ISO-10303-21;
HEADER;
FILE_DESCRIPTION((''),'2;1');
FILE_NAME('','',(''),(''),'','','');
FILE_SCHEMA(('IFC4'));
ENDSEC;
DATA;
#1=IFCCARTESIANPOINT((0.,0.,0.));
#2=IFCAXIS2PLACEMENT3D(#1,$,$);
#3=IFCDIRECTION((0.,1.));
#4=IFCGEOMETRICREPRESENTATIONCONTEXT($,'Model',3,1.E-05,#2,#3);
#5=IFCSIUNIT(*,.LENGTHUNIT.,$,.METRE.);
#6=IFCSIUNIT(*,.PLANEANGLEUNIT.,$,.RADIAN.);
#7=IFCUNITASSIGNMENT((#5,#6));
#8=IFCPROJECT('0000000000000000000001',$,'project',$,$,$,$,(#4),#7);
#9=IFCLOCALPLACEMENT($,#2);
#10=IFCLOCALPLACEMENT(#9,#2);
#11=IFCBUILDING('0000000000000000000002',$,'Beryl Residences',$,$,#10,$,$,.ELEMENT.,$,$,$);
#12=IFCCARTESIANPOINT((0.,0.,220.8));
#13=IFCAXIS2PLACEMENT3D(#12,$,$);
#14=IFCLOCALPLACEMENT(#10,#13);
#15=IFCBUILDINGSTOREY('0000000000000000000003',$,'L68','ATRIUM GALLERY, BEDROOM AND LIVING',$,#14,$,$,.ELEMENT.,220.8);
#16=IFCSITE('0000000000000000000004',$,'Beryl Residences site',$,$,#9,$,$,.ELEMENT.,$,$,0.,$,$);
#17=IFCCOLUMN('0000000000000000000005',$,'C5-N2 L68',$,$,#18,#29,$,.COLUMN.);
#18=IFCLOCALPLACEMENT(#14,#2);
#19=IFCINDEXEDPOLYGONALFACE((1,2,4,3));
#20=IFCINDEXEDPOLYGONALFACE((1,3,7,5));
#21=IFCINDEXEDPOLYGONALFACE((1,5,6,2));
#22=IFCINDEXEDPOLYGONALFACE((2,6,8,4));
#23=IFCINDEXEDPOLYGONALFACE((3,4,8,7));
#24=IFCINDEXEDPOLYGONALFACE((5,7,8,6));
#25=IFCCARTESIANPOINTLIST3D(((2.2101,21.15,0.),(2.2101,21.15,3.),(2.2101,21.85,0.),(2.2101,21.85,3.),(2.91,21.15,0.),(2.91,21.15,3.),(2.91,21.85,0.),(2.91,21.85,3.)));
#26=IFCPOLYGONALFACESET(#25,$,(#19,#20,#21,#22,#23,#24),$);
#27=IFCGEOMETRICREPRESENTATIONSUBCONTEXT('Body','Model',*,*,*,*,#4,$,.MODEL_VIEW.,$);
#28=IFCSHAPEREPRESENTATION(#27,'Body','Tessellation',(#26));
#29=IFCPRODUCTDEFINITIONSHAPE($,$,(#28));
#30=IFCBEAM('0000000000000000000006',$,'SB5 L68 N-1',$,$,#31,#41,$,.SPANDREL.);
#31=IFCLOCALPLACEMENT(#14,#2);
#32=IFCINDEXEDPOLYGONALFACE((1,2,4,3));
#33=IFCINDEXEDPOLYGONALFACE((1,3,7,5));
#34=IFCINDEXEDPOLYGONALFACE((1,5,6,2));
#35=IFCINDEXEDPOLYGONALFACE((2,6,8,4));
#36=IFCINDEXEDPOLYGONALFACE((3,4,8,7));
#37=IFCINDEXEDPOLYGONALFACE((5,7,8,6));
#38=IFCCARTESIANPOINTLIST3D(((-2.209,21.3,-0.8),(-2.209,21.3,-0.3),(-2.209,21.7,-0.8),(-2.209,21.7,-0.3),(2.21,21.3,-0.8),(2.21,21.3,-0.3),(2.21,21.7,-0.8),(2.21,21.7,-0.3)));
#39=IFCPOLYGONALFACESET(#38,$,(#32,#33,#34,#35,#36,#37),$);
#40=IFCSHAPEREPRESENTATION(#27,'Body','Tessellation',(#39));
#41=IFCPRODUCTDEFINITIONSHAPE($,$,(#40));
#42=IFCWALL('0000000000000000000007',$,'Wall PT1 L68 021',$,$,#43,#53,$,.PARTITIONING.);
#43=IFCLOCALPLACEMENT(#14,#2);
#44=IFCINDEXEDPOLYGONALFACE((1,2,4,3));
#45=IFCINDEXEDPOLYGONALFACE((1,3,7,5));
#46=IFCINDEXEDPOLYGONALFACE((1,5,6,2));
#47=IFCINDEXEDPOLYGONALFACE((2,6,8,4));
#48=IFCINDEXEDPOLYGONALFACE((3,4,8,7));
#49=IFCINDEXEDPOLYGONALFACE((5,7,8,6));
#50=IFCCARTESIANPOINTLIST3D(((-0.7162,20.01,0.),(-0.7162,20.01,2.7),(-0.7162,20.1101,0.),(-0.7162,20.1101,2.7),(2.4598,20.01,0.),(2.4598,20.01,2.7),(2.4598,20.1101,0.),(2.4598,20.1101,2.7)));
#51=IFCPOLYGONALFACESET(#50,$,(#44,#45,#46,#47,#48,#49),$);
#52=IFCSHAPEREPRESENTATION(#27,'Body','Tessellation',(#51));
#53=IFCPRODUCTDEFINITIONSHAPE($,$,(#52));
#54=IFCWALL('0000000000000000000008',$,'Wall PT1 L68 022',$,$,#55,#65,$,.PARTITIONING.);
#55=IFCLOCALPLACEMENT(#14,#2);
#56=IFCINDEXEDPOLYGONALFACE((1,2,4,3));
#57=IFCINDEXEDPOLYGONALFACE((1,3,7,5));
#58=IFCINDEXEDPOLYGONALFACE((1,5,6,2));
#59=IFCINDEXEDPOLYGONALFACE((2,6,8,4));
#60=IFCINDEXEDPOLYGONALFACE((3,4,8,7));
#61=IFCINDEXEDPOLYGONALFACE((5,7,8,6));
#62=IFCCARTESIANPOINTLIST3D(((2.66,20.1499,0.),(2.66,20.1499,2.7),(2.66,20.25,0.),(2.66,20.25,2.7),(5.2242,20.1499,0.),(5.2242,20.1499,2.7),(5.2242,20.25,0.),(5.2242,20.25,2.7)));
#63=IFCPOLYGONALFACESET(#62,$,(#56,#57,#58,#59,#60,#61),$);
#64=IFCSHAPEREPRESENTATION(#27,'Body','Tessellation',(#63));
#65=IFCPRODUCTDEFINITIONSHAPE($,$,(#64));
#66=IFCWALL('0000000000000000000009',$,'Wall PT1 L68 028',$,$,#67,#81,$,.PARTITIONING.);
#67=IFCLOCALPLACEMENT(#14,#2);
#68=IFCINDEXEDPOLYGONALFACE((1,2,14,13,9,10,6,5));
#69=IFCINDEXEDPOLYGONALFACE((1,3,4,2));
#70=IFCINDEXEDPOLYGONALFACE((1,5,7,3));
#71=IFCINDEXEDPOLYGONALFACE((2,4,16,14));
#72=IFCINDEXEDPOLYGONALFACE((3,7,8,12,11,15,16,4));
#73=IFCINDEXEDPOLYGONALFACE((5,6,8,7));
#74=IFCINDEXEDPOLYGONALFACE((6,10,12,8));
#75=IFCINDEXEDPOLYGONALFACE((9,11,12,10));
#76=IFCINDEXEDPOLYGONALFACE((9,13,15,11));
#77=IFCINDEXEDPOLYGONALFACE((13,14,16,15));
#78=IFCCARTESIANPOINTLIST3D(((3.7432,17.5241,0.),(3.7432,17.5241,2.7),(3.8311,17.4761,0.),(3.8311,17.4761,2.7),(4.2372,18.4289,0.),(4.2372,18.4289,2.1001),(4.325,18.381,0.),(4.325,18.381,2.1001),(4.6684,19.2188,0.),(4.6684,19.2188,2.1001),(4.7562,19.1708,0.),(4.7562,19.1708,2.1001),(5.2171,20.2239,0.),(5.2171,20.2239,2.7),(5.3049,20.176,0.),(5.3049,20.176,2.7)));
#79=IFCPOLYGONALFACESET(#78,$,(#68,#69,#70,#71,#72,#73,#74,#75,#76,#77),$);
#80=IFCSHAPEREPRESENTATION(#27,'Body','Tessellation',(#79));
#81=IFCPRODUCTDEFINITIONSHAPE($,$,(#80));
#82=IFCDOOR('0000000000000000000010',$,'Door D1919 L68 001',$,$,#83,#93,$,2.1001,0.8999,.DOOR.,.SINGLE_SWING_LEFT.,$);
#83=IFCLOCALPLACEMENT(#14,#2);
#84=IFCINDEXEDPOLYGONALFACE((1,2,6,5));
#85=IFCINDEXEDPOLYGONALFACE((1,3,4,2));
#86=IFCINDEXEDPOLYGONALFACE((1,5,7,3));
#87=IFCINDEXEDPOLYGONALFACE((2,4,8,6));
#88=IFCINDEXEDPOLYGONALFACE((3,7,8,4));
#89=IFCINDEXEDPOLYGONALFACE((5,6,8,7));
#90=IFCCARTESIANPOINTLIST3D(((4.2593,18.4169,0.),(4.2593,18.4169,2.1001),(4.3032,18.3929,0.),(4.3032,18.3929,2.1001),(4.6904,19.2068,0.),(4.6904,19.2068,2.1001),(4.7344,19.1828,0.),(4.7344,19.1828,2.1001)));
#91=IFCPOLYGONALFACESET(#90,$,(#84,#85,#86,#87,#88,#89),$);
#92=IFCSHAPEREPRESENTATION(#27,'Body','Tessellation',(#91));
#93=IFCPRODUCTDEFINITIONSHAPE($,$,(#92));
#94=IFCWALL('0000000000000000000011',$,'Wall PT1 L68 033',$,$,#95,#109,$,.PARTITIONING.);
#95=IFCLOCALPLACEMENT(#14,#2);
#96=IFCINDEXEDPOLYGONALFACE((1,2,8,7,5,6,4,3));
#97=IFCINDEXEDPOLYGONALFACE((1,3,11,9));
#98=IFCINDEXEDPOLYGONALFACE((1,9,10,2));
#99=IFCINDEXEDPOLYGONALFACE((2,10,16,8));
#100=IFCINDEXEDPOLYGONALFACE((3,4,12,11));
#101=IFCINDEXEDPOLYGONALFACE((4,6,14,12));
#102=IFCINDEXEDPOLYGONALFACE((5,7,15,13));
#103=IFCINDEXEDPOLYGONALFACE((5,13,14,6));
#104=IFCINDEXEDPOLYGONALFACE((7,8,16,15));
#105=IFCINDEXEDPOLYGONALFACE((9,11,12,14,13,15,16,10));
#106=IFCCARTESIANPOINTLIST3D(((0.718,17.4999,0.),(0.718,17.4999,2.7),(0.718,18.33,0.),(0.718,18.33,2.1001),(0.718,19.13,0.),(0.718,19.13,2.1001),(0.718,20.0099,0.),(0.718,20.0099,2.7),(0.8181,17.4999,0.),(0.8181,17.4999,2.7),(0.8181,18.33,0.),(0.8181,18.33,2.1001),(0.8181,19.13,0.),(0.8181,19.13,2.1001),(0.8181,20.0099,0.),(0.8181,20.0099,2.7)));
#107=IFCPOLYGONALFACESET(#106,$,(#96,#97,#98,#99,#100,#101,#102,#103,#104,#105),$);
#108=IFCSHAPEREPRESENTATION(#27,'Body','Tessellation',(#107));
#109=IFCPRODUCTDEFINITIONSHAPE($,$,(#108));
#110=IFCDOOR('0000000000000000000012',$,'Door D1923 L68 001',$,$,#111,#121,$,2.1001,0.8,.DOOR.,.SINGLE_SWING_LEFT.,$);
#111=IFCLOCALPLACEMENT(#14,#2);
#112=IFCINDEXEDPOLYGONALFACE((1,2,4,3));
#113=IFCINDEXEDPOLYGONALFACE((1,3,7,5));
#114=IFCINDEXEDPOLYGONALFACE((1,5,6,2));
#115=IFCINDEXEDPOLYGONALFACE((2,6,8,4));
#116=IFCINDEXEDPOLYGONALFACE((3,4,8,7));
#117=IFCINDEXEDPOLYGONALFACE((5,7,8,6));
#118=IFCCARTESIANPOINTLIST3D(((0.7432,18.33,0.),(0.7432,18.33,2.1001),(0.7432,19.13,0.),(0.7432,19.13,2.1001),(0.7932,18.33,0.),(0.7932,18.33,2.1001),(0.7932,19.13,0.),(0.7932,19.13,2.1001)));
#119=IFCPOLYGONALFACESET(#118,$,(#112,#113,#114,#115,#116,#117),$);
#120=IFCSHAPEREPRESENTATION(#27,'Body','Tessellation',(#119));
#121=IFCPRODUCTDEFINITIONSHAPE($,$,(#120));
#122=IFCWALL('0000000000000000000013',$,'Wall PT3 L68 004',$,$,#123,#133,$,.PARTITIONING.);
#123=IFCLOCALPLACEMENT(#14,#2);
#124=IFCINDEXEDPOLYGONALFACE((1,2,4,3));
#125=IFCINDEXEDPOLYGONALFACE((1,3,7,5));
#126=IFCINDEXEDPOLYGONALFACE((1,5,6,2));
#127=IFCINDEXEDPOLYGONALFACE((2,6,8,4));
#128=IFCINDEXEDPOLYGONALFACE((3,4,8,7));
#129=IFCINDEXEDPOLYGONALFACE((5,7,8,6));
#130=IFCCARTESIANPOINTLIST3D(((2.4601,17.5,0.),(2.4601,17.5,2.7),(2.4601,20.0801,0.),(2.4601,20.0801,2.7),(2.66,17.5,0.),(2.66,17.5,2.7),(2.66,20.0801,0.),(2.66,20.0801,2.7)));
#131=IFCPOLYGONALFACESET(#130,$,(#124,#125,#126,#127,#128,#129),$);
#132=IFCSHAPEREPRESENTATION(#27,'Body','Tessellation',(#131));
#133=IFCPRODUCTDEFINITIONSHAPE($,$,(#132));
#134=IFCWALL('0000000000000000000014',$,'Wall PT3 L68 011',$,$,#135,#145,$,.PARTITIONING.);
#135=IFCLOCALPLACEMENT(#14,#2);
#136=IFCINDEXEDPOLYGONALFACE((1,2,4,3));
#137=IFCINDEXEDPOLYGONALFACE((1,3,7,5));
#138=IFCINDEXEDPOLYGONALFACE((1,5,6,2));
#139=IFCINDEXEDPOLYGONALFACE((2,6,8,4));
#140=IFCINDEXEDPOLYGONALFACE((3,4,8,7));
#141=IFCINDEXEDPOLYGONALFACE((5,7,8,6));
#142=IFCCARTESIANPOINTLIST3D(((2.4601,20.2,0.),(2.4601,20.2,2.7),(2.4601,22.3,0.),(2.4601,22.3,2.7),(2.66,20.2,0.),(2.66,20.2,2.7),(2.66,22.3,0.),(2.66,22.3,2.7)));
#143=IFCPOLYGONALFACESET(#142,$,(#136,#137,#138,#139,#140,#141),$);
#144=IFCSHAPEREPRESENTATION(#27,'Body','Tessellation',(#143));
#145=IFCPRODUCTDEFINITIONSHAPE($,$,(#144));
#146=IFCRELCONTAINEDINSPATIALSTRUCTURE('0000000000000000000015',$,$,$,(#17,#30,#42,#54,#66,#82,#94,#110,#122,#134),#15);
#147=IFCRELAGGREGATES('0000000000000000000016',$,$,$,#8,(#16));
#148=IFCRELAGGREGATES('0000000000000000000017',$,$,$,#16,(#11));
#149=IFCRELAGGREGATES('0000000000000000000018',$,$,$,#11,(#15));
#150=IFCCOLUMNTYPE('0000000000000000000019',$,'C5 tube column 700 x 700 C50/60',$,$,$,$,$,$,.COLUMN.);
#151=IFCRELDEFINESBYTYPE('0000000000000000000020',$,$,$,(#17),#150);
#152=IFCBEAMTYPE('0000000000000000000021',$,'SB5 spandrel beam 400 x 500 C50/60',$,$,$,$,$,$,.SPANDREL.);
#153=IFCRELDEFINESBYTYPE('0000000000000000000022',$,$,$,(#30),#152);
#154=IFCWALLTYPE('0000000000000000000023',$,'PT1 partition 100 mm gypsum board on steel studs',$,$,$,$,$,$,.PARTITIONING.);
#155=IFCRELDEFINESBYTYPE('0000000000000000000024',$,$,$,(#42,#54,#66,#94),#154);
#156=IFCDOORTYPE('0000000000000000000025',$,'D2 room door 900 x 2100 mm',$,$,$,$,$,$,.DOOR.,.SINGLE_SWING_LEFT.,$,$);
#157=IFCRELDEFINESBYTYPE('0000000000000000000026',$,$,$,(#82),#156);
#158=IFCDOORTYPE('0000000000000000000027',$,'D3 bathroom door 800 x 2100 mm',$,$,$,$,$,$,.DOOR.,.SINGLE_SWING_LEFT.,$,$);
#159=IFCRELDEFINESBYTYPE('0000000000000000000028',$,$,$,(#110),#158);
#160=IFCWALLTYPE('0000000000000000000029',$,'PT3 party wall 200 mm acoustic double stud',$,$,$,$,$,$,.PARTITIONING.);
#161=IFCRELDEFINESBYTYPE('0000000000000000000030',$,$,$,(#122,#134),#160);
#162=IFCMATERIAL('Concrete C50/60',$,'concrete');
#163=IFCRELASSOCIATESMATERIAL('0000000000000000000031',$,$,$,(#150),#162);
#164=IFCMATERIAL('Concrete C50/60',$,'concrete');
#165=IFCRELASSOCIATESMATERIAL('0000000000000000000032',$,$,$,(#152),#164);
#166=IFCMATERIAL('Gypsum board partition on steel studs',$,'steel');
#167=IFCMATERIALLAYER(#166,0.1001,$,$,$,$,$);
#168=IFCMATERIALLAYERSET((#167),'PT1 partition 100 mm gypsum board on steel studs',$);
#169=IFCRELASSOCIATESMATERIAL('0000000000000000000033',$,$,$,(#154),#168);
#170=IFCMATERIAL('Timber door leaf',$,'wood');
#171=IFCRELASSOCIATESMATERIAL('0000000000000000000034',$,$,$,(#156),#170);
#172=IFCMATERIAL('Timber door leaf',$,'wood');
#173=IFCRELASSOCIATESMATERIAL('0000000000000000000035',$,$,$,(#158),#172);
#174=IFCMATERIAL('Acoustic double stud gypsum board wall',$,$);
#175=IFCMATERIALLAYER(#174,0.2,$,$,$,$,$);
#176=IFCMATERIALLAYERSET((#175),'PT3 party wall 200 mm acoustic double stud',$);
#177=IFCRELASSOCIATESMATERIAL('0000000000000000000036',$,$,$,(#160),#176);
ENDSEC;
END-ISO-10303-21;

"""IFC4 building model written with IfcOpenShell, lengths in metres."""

from ifc_helpers import new_model, si_unit, direction, frame, frame_2d, origin, origin_2d, place, context, subcontext, project, spatial, rectangle, extrude, material, layer, layer_set, material_profile, profile_set, type_object, element, fill, save


model = new_model("IFC4")

# Units and contexts
model_context = context("Model", 3, precision=1e-05, world=origin(), true_north=direction((0.0, 1.0)))
body_context = subcontext(model_context, "Body", "Model", "MODEL_VIEW")
ifc_project = project(units=[si_unit("LENGTHUNIT", "METRE"), si_unit("PLANEANGLEUNIT", "RADIAN")], contexts=[model_context])

# Site, building, storey
site_placement = place(None, origin())
site = spatial("IfcSite", under=ifc_project, at=site_placement, Name="Beryl Residences site", CompositionType="ELEMENT", RefElevation=0.0)
building_placement = place(site_placement, origin())
building = spatial("IfcBuilding", under=site, at=building_placement, Name="Beryl Residences", CompositionType="ELEMENT")
storey_placement = place(building_placement, frame((0.0, 0.0, 220.8)))
storey = spatial("IfcBuildingStorey", under=building, at=storey_placement, Name="L68", Description="ATRIUM GALLERY, BEDROOM AND LIVING", CompositionType="ELEMENT", Elevation=220.8)

# Column
ifc_material_1 = material(Name="Concrete C50/60", Category="concrete")
ifc_material_profile_1 = material_profile(ifc_material_1, rectangle(XDim=0.7, YDim=0.7, at=origin_2d()))
ifc_profile_set_1 = profile_set([ifc_material_profile_1], Name="Concrete C50/60")
column_type = type_object("IfcColumnType", Name="C5 tube column 700 x 700 C50/60", PredefinedType="COLUMN", material=ifc_profile_set_1)
column_placement = place(storey_placement, frame((2.5601, 21.5, 0.0), z_axis=(0.0, 0.0, 1.0), x_axis=(-1.0, 0.0, 0.0)))
element("IfcColumn", 1, at=column_placement, inside=storey, type_object=column_type, Name="C5-N2 L68", PredefinedType="COLUMN", context=body_context, shape_type="SweptSolid", body=[
    extrude(rectangle(XDim=0.7, YDim=0.7, at=origin_2d()), origin(), (0.0, 0.0, 1.0), 3.0),
])

# Beam
ifc_material_2 = material(Name="Concrete C50/60", Category="concrete")
ifc_material_profile_2 = material_profile(ifc_material_2, rectangle(XDim=0.3999, YDim=0.5, at=origin_2d()))
ifc_profile_set_2 = profile_set([ifc_material_profile_2], Name="Concrete C50/60")
beam_type = type_object("IfcBeamType", Name="SB5 spandrel beam 400 x 500 C50/60", PredefinedType="SPANDREL", material=ifc_profile_set_2)
beam_placement = place(storey_placement, frame((2.21, 21.5, -0.55), z_axis=(-1.0, 0.0, 0.0), x_axis=(0.0, -1.0, 0.0)))
element("IfcBeam", 2, at=beam_placement, inside=storey, type_object=beam_type, Name="SB5 L68 N-1", PredefinedType="SPANDREL", context=body_context, shape_type="SweptSolid", body=[
    extrude(rectangle(XDim=0.3999, YDim=0.5, at=origin_2d()), origin(), (0.0, 0.0, 1.0), 4.4189),
])

# Walls
ifc_material_3 = material(Name="Gypsum board partition on steel studs", Category="steel")
ifc_layer_1 = layer(ifc_material_3, 0.1001)
ifc_layer_set_1 = layer_set([ifc_layer_1], Name="PT1 partition 100 mm gypsum board on steel studs")
wall_type_1 = type_object("IfcWallType", Name="PT1 partition 100 mm gypsum board on steel studs", PredefinedType="PARTITIONING", material=ifc_layer_set_1)
wall_1_placement = place(storey_placement, frame((-0.7161, 20.0601, 0.0), z_axis=(0.0, 0.0, 1.0), x_axis=(1.0, 0.0, 0.0)))
element("IfcWall", 3, at=wall_1_placement, inside=storey, type_object=wall_type_1, Name="Wall PT1 L68 021", PredefinedType="PARTITIONING", context=body_context, shape_type="SweptSolid", body=[
    extrude(rectangle(XDim=3.176, YDim=0.1001, at=frame_2d((1.5879, 0.0))), origin(), (0.0, 0.0, 1.0), 2.7),
])
wall_2_placement = place(storey_placement, frame((2.6599, 20.2, 0.0), z_axis=(0.0, 0.0, 1.0), x_axis=(1.0, 0.0, 0.0)))
element("IfcWall", 4, at=wall_2_placement, inside=storey, type_object=wall_type_1, Name="Wall PT1 L68 022", PredefinedType="PARTITIONING", context=body_context, shape_type="SweptSolid", body=[
    extrude(rectangle(XDim=2.5642, YDim=0.1001, at=frame_2d((1.2822, 0.0))), origin(), (0.0, 0.0, 1.0), 2.7),
])

# Walls, openings, doors
wall_3_placement = place(storey_placement, frame((3.7871, 17.5, 0.0), z_axis=(0.0, 0.0, 1.0), x_axis=(0.479147, 0.877735, 0.0)))
wall_3 = element("IfcWall", 5, at=wall_3_placement, inside=storey, type_object=wall_type_1, Name="Wall PT1 L68 028", PredefinedType="PARTITIONING", context=body_context, shape_type="SweptSolid", body=[
    extrude(rectangle(XDim=3.0759, YDim=0.1001, at=frame_2d((1.5381, 0.0))), origin(), (0.0, 0.0, 1.0), 2.7),
])
opening_1_placement = place(wall_3_placement, frame((1.031, 0.0, 0.0)))
opening_1 = element("IfcOpeningElement", 6, at=opening_1_placement, cuts=wall_3, PredefinedType="OPENING", context=body_context, shape_type="SweptSolid", body=[
    extrude(rectangle(XDim=0.8999, YDim=2.1001, at=frame_2d((0.45, 1.05))), frame((0.0, 0.0601, 0.0), z_axis=(0.0, -1.0, 0.0), x_axis=(1.0, 0.0, 0.0)), (0.0, 0.0, 1.0), 0.1201),
])
ifc_material_4 = material(Name="Timber door leaf", Category="wood")
door_type_1 = type_object("IfcDoorType", Name="D2 room door 900 x 2100 mm", OperationType="SINGLE_SWING_LEFT", PredefinedType="DOOR", material=ifc_material_4)
door_1_placement = place(opening_1_placement, origin())
door_1 = element("IfcDoor", 7, at=door_1_placement, inside=storey, type_object=door_type_1, Name="Door D1919 L68 001", OperationType="SINGLE_SWING_LEFT", OverallHeight=2.1001, OverallWidth=0.8999, PredefinedType="DOOR", context=body_context, shape_type="SweptSolid", body=[
    extrude(rectangle(XDim=0.8999, YDim=2.1001, at=frame_2d((0.45, 1.05))), frame((0.0, 0.0249, 0.0), z_axis=(0.0, -1.0, 0.0), x_axis=(1.0, 0.0, 0.0)), (0.0, 0.0, 1.0), 0.05),
])
fill(opening_1, door_1)
wall_4_placement = place(storey_placement, frame((0.7681, 17.5, 0.0), z_axis=(0.0, 0.0, 1.0), x_axis=(0.0, 1.0, 0.0)))
wall_4 = element("IfcWall", 8, at=wall_4_placement, inside=storey, type_object=wall_type_1, Name="Wall PT1 L68 033", PredefinedType="PARTITIONING", context=body_context, shape_type="SweptSolid", body=[
    extrude(rectangle(XDim=2.51, YDim=0.1001, at=frame_2d((1.2549, 0.0))), origin(), (0.0, 0.0, 1.0), 2.7),
])
opening_2_placement = place(wall_4_placement, frame((0.8301, 0.0, 0.0)))
opening_2 = element("IfcOpeningElement", 9, at=opening_2_placement, cuts=wall_4, PredefinedType="OPENING", context=body_context, shape_type="SweptSolid", body=[
    extrude(rectangle(XDim=0.8, YDim=2.1001, at=frame_2d((0.3999, 1.05))), frame((0.0, 0.0601, 0.0), z_axis=(0.0, -1.0, 0.0), x_axis=(1.0, 0.0, 0.0)), (0.0, 0.0, 1.0), 0.1201),
])
ifc_material_5 = material(Name="Timber door leaf", Category="wood")
door_type_2 = type_object("IfcDoorType", Name="D3 bathroom door 800 x 2100 mm", OperationType="SINGLE_SWING_LEFT", PredefinedType="DOOR", material=ifc_material_5)
door_2_placement = place(opening_2_placement, origin())
door_2 = element("IfcDoor", 10, at=door_2_placement, inside=storey, type_object=door_type_2, Name="Door D1923 L68 001", OperationType="SINGLE_SWING_LEFT", OverallHeight=2.1001, OverallWidth=0.8, PredefinedType="DOOR", context=body_context, shape_type="SweptSolid", body=[
    extrude(rectangle(XDim=0.8, YDim=2.1001, at=frame_2d((0.3999, 1.05))), frame((0.0, 0.0249, 0.0), z_axis=(0.0, -1.0, 0.0), x_axis=(1.0, 0.0, 0.0)), (0.0, 0.0, 1.0), 0.05),
])
fill(opening_2, door_2)

# Walls
ifc_material_6 = material(Name="Acoustic double stud gypsum board wall")
ifc_layer_2 = layer(ifc_material_6, 0.2)
ifc_layer_set_2 = layer_set([ifc_layer_2], Name="PT3 party wall 200 mm acoustic double stud")
wall_type_2 = type_object("IfcWallType", Name="PT3 party wall 200 mm acoustic double stud", PredefinedType="PARTITIONING", material=ifc_layer_set_2)
wall_5_placement = place(storey_placement, frame((2.5601, 20.0801, 0.0), z_axis=(0.0, 0.0, 1.0), x_axis=(0.0, -1.0, 0.0)))
element("IfcWall", 11, at=wall_5_placement, inside=storey, type_object=wall_type_2, Name="Wall PT3 L68 004", PredefinedType="PARTITIONING", context=body_context, shape_type="SweptSolid", body=[
    extrude(rectangle(XDim=2.5801, YDim=0.2, at=frame_2d((1.29, 0.0))), origin(), (0.0, 0.0, 1.0), 2.7),
])
wall_6_placement = place(storey_placement, frame((2.5601, 20.2, 0.0), z_axis=(0.0, 0.0, 1.0), x_axis=(0.0, 1.0, 0.0)))
element("IfcWall", 12, at=wall_6_placement, inside=storey, type_object=wall_type_2, Name="Wall PT3 L68 011", PredefinedType="PARTITIONING", context=body_context, shape_type="SweptSolid", body=[
    extrude(rectangle(XDim=2.1001, YDim=0.2, at=frame_2d((1.05, 0.0))), origin(), (0.0, 0.0, 1.0), 2.7),
])

save(model, "model.ifc")
